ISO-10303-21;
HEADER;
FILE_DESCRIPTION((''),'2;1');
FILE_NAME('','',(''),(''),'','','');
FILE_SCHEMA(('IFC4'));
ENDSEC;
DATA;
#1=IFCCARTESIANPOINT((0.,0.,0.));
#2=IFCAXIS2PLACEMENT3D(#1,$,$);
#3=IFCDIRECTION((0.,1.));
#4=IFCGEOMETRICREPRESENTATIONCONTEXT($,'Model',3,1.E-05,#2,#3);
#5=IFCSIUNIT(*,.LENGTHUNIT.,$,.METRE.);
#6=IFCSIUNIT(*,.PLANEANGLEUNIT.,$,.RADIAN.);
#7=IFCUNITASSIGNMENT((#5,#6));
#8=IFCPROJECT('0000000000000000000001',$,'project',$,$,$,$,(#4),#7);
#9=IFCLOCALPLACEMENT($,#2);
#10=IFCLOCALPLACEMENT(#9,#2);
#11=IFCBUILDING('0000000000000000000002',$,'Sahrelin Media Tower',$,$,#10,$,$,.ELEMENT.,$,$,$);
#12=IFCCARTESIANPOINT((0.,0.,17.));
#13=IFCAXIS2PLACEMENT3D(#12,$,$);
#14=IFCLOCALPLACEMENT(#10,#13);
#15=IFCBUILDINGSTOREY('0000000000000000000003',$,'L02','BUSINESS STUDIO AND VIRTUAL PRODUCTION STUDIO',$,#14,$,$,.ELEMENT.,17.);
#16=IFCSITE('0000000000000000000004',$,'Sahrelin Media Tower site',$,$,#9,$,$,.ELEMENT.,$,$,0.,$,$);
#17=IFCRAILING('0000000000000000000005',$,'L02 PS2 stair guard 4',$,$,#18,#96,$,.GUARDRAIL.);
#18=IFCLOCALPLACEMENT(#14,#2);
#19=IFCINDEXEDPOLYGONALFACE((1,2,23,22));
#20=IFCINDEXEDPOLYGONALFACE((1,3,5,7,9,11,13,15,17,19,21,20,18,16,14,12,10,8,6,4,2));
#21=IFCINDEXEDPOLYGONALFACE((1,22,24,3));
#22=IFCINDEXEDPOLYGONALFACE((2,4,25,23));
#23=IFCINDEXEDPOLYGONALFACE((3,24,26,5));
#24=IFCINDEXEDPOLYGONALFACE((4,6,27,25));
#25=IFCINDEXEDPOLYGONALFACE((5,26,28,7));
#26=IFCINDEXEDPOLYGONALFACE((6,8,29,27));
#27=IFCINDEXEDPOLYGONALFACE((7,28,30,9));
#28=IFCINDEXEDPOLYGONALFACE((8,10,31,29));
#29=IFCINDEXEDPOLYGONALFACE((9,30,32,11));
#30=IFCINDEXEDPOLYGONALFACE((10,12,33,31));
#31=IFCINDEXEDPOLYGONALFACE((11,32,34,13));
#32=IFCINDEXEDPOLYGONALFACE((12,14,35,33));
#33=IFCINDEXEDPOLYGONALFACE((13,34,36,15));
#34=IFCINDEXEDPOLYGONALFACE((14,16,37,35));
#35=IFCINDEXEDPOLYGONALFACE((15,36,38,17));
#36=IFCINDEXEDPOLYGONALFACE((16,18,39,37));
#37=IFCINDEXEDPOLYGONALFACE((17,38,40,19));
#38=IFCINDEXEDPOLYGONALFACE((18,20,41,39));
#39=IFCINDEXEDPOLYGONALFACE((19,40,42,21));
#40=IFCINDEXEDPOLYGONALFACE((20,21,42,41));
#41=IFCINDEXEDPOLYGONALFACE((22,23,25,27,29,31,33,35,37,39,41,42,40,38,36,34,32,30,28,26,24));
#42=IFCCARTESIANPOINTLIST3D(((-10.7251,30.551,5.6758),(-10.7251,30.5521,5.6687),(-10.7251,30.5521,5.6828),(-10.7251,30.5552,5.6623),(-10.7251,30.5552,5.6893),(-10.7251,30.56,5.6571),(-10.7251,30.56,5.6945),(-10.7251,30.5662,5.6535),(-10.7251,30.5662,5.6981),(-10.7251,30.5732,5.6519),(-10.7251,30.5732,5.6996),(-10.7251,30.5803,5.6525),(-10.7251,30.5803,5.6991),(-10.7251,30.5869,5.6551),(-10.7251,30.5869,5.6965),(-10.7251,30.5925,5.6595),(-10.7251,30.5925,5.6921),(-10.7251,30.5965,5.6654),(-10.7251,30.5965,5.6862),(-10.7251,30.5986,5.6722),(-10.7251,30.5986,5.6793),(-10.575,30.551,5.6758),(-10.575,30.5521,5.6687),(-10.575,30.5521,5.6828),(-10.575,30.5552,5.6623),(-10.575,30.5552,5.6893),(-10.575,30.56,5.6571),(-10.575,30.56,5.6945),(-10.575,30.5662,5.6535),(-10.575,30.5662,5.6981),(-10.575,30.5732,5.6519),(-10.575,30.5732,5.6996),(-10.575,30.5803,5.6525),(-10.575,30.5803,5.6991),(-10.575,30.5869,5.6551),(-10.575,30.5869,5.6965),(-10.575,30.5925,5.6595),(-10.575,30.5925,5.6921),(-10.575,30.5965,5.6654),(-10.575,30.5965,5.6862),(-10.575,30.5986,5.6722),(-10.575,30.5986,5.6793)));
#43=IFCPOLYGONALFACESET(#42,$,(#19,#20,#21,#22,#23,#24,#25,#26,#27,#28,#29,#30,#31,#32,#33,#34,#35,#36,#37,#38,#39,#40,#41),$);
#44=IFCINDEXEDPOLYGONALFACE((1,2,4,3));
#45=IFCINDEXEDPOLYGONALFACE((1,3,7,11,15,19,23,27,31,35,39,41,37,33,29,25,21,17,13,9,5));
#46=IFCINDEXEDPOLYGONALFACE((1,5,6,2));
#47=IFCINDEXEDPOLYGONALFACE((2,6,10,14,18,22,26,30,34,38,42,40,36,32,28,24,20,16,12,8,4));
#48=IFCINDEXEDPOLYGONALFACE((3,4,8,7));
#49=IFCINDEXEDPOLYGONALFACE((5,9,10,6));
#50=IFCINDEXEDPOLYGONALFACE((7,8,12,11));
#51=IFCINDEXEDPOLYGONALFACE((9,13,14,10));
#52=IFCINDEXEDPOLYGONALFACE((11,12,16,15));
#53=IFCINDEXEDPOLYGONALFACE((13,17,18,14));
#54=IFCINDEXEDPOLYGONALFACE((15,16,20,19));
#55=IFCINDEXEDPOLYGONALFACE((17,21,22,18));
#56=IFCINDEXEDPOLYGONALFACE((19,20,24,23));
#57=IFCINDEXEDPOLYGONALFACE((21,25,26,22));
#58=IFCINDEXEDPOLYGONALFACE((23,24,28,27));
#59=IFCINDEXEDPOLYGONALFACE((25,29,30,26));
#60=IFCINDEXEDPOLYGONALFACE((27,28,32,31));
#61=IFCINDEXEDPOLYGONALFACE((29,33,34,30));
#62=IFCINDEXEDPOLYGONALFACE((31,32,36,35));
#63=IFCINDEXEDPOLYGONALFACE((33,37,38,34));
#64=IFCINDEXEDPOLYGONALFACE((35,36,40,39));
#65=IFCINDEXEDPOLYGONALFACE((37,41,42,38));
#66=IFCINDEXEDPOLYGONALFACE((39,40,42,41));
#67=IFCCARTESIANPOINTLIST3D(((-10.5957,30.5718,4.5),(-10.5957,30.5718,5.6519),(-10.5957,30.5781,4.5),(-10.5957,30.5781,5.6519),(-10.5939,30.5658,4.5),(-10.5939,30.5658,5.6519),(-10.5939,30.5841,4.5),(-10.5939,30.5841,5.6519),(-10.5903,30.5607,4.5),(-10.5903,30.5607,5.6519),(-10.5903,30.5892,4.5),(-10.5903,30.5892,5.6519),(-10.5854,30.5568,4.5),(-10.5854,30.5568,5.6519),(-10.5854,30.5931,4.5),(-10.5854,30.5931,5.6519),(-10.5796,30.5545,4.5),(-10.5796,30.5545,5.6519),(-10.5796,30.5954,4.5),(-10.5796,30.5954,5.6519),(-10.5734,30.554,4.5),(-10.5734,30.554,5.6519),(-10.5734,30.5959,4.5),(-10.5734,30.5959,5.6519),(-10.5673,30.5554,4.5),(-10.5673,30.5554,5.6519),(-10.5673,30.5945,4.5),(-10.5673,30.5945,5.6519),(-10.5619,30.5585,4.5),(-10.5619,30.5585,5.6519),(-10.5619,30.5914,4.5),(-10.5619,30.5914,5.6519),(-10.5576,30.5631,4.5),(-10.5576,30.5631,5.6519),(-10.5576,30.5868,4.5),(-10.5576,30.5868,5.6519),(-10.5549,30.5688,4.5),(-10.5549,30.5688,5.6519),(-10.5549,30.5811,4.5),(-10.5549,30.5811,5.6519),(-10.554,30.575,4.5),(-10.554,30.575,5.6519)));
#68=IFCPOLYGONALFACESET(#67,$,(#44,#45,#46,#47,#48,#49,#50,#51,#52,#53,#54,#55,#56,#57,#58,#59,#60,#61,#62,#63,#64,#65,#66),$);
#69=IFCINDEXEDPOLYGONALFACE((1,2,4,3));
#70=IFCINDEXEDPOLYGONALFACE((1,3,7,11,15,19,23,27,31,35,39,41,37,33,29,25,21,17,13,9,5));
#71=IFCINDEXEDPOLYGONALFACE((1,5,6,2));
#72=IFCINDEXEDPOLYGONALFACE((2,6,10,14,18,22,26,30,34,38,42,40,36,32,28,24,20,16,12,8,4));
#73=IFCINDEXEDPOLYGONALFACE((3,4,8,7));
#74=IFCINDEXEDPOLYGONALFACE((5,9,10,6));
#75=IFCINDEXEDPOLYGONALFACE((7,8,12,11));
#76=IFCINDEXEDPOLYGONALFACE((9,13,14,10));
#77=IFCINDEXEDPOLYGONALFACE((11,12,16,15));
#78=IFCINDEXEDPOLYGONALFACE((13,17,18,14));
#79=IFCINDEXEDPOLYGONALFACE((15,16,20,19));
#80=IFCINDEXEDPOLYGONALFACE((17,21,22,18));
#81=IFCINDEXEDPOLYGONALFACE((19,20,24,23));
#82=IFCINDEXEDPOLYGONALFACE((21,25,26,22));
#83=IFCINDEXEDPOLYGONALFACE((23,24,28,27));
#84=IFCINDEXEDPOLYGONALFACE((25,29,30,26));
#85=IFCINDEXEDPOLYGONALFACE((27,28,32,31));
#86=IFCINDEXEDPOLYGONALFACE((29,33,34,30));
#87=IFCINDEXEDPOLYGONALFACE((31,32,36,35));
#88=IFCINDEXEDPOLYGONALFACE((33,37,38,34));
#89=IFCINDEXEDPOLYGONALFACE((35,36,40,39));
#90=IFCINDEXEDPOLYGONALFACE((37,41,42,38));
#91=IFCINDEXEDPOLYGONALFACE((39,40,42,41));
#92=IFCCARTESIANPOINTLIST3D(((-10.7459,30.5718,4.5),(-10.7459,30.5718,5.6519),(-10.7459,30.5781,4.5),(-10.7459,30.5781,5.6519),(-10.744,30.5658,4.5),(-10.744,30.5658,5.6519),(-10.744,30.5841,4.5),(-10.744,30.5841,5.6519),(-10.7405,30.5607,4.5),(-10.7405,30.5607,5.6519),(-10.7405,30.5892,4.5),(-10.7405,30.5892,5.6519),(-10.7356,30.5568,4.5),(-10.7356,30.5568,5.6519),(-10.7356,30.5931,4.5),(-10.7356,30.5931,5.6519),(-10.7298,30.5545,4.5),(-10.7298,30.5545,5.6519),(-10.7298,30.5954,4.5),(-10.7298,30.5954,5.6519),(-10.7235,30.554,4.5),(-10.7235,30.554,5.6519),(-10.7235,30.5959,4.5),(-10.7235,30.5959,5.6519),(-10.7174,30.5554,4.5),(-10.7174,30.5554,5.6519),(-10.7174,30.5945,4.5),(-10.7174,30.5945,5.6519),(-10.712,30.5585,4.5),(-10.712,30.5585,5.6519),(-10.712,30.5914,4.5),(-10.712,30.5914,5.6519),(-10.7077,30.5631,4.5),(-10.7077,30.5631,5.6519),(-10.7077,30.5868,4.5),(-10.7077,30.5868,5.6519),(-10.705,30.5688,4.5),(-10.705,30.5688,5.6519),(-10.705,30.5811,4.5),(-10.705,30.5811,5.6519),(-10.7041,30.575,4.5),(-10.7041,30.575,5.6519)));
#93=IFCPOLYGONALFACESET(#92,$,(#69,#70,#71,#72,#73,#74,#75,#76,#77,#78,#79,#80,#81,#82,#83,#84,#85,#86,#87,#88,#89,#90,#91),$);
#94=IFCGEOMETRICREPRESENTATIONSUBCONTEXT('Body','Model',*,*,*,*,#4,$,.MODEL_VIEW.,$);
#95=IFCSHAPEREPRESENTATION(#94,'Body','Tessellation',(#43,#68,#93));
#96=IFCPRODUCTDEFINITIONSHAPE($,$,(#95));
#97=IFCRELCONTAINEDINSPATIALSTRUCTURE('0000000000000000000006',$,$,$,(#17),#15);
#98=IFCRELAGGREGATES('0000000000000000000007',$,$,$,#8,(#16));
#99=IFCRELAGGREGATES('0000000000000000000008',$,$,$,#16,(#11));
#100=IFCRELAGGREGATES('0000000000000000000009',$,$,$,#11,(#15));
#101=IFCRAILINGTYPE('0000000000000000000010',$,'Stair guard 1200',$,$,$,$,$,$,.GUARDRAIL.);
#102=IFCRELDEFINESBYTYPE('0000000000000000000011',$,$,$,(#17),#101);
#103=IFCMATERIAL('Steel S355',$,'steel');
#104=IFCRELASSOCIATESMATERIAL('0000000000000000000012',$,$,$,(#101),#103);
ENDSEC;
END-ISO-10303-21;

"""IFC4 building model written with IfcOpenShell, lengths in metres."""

from ifc_helpers import new_model, si_unit, direction, frame, origin, origin_2d, place, context, subcontext, project, spatial, circle, extrude, material, type_object, element, save


model = new_model("IFC4")

# Units and contexts
model_context = context("Model", 3, precision=1e-05, world=origin(), true_north=direction((0.0, 1.0)))
body_context = subcontext(model_context, "Body", "Model", "MODEL_VIEW")
ifc_project = project(units=[si_unit("LENGTHUNIT", "METRE"), si_unit("PLANEANGLEUNIT", "RADIAN")], contexts=[model_context])

# Site, building, storey
site_placement = place(None, origin())
site = spatial("IfcSite", under=ifc_project, at=site_placement, Name="Sahrelin Media Tower site", CompositionType="ELEMENT", RefElevation=0.0)
building_placement = place(site_placement, origin())
building = spatial("IfcBuilding", under=site, at=building_placement, Name="Sahrelin Media Tower", CompositionType="ELEMENT")
storey_placement = place(building_placement, frame((0.0, 0.0, 17.0)))
storey = spatial("IfcBuildingStorey", under=building, at=storey_placement, Name="L02", Description="BUSINESS STUDIO AND VIRTUAL PRODUCTION STUDIO", CompositionType="ELEMENT", Elevation=17.0)

# Shared definitions
ifc_material_1 = material(Name="Steel S355", Category="steel")

# Railing
railing_type_1 = type_object("IfcRailingType", Name="Stair guard 1200", PredefinedType="GUARDRAIL", material=ifc_material_1)
railing_1_placement = place(storey_placement, frame((-10.575, 30.575, 4.5)))
element("IfcRailing", 1, at=railing_1_placement, inside=storey, type_object=railing_type_1, Name="L02 PS2 stair guard 4", PredefinedType="GUARDRAIL", context=body_context, shape_type="SweptSolid", body=[
    extrude(circle(Radius=0.0239, at=origin_2d()), frame((0.0, 0.0, 1.1758), z_axis=(-1.0, 0.0, 0.0), x_axis=(0.0, -1.0, 0.0)), (0.0, 0.0, 1.0), 0.1501),
    extrude(circle(Radius=0.021, at=origin_2d()), origin(), (0.0, 0.0, 1.0), 1.1519),
    extrude(circle(Radius=0.021, at=origin_2d()), frame((-0.1501, 0.0, 0.0)), (0.0, 0.0, 1.0), 1.1519),
])

save(model, "model.ifc")
